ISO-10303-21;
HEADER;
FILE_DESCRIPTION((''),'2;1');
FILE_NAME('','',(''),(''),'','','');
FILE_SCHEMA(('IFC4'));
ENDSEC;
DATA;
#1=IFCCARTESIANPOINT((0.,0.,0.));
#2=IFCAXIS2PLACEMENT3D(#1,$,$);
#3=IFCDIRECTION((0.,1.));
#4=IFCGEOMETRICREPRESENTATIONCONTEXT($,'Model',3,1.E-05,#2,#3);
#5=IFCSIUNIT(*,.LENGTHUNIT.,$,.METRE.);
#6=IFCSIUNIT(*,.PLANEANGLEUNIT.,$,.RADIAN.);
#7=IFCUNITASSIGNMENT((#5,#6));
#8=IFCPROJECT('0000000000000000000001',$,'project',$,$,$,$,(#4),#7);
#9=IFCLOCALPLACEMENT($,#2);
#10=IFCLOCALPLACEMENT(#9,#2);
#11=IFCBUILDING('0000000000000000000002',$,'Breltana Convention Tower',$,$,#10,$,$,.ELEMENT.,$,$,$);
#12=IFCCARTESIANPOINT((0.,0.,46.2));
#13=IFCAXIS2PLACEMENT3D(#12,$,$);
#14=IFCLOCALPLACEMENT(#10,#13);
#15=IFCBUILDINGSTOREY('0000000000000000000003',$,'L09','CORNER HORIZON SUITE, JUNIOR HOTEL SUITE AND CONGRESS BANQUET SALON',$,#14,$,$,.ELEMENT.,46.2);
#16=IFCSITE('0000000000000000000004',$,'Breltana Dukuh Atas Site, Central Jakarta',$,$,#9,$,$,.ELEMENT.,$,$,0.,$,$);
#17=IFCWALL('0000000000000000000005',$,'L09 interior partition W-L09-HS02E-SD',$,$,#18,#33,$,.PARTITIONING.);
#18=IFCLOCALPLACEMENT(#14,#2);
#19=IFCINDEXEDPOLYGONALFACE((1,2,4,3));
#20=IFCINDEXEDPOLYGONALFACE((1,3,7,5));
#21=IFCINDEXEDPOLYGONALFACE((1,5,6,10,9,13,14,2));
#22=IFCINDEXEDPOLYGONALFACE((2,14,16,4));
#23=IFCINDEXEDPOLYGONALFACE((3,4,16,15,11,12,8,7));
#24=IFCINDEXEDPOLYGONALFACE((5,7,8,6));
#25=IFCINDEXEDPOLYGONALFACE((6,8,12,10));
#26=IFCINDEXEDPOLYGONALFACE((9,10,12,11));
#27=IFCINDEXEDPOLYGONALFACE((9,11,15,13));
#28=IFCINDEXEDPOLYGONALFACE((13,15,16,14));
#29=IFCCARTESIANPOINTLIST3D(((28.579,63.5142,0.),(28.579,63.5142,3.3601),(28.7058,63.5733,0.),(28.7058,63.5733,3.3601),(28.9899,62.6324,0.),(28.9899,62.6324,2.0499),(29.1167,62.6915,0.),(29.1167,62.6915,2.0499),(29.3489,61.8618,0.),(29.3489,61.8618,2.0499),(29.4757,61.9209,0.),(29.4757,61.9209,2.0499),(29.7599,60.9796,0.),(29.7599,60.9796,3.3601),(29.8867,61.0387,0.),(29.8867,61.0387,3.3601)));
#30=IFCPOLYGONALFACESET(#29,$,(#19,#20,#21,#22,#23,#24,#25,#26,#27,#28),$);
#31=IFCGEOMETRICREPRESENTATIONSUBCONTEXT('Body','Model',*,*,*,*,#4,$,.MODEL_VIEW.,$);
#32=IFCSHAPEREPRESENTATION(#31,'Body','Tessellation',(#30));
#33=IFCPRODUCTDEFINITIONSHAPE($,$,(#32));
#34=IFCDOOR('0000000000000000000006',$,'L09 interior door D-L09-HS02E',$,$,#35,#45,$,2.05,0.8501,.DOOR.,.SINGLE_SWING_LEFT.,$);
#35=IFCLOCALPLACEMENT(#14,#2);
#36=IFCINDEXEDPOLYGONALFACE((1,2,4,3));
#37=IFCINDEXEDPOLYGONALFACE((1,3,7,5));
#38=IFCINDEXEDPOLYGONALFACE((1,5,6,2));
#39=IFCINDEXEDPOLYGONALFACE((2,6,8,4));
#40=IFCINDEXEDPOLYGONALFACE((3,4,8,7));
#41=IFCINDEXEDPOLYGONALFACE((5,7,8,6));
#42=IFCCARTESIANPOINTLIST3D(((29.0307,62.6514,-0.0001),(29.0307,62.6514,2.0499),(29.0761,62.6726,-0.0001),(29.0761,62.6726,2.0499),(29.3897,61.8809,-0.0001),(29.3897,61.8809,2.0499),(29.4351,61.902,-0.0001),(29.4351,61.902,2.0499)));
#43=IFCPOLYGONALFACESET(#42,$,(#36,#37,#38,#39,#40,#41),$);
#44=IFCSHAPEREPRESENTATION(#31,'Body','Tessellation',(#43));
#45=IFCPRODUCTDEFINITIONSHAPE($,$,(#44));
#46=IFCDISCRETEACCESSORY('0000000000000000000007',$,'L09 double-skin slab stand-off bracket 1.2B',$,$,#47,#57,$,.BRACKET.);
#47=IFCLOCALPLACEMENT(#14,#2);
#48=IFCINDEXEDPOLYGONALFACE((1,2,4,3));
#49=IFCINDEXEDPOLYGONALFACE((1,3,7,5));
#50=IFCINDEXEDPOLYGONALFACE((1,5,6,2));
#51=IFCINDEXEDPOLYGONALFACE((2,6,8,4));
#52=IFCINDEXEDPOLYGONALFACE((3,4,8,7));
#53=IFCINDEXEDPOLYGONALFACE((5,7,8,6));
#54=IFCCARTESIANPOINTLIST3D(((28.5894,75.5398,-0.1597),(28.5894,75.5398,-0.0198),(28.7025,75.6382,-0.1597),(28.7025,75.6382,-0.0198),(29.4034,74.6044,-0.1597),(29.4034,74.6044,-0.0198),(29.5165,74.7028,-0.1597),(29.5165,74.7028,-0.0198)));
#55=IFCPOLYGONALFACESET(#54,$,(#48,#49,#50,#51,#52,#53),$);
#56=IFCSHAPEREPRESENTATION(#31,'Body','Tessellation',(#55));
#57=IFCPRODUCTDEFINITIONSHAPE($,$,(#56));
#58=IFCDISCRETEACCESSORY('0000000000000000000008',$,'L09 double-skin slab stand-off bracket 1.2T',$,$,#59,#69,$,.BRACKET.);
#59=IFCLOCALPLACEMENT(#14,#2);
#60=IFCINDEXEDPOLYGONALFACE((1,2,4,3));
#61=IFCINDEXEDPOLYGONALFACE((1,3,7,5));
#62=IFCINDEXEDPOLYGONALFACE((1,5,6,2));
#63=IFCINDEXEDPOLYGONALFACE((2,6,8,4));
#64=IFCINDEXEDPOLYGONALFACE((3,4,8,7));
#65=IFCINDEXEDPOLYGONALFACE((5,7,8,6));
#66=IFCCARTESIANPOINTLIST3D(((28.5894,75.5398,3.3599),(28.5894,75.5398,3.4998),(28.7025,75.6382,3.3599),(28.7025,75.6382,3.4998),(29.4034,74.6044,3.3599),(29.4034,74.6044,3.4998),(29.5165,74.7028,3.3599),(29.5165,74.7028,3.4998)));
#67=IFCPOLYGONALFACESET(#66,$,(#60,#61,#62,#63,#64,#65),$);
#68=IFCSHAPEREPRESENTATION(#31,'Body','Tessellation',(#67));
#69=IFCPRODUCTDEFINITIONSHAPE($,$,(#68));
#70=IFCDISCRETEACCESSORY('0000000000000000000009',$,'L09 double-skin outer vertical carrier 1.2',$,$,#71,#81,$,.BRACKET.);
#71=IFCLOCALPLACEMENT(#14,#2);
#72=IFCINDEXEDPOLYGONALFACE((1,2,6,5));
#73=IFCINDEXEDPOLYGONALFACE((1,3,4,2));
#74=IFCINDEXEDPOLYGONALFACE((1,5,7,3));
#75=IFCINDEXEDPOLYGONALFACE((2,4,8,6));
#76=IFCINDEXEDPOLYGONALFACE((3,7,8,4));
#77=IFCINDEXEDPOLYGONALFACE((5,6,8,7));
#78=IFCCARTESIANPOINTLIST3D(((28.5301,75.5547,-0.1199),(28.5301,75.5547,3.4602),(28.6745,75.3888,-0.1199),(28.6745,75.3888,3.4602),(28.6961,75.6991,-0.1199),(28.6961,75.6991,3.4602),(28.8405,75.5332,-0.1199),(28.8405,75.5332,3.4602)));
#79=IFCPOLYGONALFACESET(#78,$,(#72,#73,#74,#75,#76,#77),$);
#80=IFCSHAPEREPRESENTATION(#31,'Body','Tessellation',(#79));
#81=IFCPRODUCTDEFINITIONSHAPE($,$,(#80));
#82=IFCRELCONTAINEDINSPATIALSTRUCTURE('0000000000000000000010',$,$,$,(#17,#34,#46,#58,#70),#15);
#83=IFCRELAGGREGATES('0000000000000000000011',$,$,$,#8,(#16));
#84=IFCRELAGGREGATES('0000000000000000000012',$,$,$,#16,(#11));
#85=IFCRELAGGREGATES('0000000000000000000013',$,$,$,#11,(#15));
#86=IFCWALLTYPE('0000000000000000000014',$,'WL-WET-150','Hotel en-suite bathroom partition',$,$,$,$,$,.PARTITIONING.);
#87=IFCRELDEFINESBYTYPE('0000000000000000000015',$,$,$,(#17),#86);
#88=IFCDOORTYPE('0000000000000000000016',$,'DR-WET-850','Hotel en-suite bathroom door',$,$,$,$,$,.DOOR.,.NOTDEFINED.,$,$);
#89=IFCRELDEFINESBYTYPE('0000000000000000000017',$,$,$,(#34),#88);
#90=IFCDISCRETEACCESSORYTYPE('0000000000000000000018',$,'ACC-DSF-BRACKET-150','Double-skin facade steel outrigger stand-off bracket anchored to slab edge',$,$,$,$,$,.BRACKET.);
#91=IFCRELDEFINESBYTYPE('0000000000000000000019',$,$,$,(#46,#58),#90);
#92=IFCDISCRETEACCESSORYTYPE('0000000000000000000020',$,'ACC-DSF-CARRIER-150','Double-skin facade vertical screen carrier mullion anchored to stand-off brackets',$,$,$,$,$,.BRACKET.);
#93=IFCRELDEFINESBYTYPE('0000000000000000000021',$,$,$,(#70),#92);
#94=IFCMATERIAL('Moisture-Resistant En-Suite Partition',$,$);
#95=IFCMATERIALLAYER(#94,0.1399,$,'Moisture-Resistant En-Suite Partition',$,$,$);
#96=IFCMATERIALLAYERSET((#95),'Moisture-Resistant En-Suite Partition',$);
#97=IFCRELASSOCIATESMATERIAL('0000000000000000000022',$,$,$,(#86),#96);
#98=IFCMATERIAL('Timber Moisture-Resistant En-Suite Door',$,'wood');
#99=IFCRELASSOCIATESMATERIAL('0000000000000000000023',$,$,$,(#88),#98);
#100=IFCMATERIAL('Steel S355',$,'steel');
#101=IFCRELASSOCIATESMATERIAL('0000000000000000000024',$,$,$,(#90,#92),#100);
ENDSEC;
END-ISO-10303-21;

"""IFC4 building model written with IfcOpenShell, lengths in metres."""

from ifc_helpers import new_model, si_unit, direction, frame, frame_2d, origin, origin_2d, place, context, subcontext, project, spatial, rectangle, extrude, source, transform, mapped, material, layer, layer_set, type_object, type_shapes, element, fill, save


model = new_model("IFC4")

# Units and contexts
model_context = context("Model", 3, precision=1e-05, world=origin(), true_north=direction((0.0, 1.0)))
body_context = subcontext(model_context, "Body", "Model", "MODEL_VIEW")
ifc_project = project(units=[si_unit("LENGTHUNIT", "METRE"), si_unit("PLANEANGLEUNIT", "RADIAN")], contexts=[model_context])

# Site, building, storey
site_placement = place(None, origin())
site = spatial("IfcSite", under=ifc_project, at=site_placement, Name="Breltana Dukuh Atas Site, Central Jakarta", CompositionType="ELEMENT", RefElevation=0.0)
building_placement = place(site_placement, origin())
building = spatial("IfcBuilding", under=site, at=building_placement, Name="Breltana Convention Tower", CompositionType="ELEMENT")
storey_placement = place(building_placement, frame((0.0, 0.0, 46.2)))
storey = spatial("IfcBuildingStorey", under=building, at=storey_placement, Name="L09", Description="CORNER HORIZON SUITE, JUNIOR HOTEL SUITE AND CONGRESS BANQUET SALON", CompositionType="ELEMENT", Elevation=46.2)

# Shared definitions
ifc_material_1 = material(Name="Moisture-Resistant En-Suite Partition")
ifc_layer_1 = layer(ifc_material_1, 0.1399, Name="Moisture-Resistant En-Suite Partition")
ifc_layer_set_1 = layer_set([ifc_layer_1], Name="Moisture-Resistant En-Suite Partition")
wall_type_1 = type_object("IfcWallType", Name="WL-WET-150", Description="Hotel en-suite bathroom partition", PredefinedType="PARTITIONING", material=ifc_layer_set_1)

# Wall, opening, door
shared_shape_1 = source(origin(), body_context, "Body", "SweptSolid", [
    extrude(rectangle(XDim=2.7961, YDim=0.1399, at=frame_2d((1.3979, 0.0))), origin(), (0.0, 0.0, 1.0), 3.3601),
])
wall_1_placement = place(storey_placement, frame((29.8232, 61.0093, 0.0), z_axis=(0.0, 0.0, 1.0), x_axis=(-0.422317, 0.906448, 0.0)))
wall_1 = element("IfcWall", 1, at=wall_1_placement, inside=storey, type_object=wall_type_1, Name="L09 interior partition W-L09-HS02E-SD", PredefinedType="PARTITIONING", context=body_context, shape_type="MappedRepresentation", body=[
    mapped(shared_shape_1, transform((0.0, 0.0, 0.0), scale=1.0)),
])
opening_1_placement = place(wall_1_placement, frame((0.9731, 0.0, 0.0)))
opening_1 = element("IfcOpeningElement", 2, at=opening_1_placement, cuts=wall_1, PredefinedType="OPENING", context=body_context, shape_type="SweptSolid", body=[
    extrude(rectangle(XDim=0.8501, YDim=2.05, at=frame_2d((0.425, 1.0249))), frame((0.0, 0.0801, 0.0), z_axis=(0.0, -1.0, 0.0), x_axis=(1.0, 0.0, 0.0)), (0.0, 0.0, 1.0), 0.1599),
])
ifc_material_2 = material(Name="Timber Moisture-Resistant En-Suite Door", Category="wood")
door_type_1 = type_object("IfcDoorType", Name="DR-WET-850", Description="Hotel en-suite bathroom door", OperationType="NOTDEFINED", PredefinedType="DOOR", material=ifc_material_2)
shared_shape_2 = source(origin(), body_context, "Body", "SweptSolid", [
    extrude(rectangle(XDim=0.8501, YDim=2.05, at=frame_2d((0.425, 1.0249))), frame((0.0, 0.0249, 0.0), z_axis=(0.0, -1.0, 0.0), x_axis=(1.0, 0.0, 0.0)), (0.0, 0.0, 1.0), 0.05),
])
type_shapes(door_type_1, [shared_shape_2])
door_1_placement = place(opening_1_placement, origin())
door_1 = element("IfcDoor", 3, at=door_1_placement, inside=storey, type_object=door_type_1, Name="L09 interior door D-L09-HS02E", OperationType="SINGLE_SWING_LEFT", OverallHeight=2.05, OverallWidth=0.8501, PredefinedType="DOOR", context=body_context, shape_type="MappedRepresentation", body=[
    mapped(shared_shape_2, transform((0.0, 0.0, 0.0), scale=1.0)),
])
fill(opening_1, door_1)

# Discrete accessories
ifc_material_3 = material(Name="Steel S355", Category="steel")
discrete_accessory_type_1 = type_object("IfcDiscreteAccessoryType", Name="ACC-DSF-BRACKET-150", Description="Double-skin facade steel outrigger stand-off bracket anchored to slab edge", PredefinedType="BRACKET", material=ifc_material_3)
shared_shape_3 = source(origin(), body_context, "Body", "SweptSolid", [
    extrude(rectangle(XDim=1.24, YDim=0.1499, at=origin_2d()), origin(), (0.0, 0.0, 1.0), 0.1399),
])
type_shapes(discrete_accessory_type_1, [shared_shape_3])
for number, where, z_axis, x_axis, name in (
    (4, (29.053, 75.1213, -0.1597), (0.0, 0.0, 1.0), (-0.656457, 0.754364, 0.0), "L09 double-skin slab stand-off bracket 1.2B"),
    (5, (29.053, 75.1213, 3.3599), (0.0, 0.0, 1.0), (-0.656457, 0.754364, 0.0), "L09 double-skin slab stand-off bracket 1.2T"),
):
    element("IfcDiscreteAccessory", number, at=place(storey_placement, frame(where, z_axis=z_axis, x_axis=x_axis)), inside=storey, type_object=discrete_accessory_type_1, Name=name, PredefinedType="BRACKET", context=body_context, shape_type="MappedRepresentation", body=[
        mapped(shared_shape_3, transform((0.0, 0.0, 0.0), scale=1.0)),
    ])
discrete_accessory_type_2 = type_object("IfcDiscreteAccessoryType", Name="ACC-DSF-CARRIER-150", Description="Double-skin facade vertical screen carrier mullion anchored to stand-off brackets", PredefinedType="BRACKET", material=ifc_material_3)
shared_shape_4 = source(origin(), body_context, "Body", "SweptSolid", [
    extrude(rectangle(XDim=0.22, YDim=0.22, at=origin_2d()), origin(), (0.0, 0.0, 1.0), 3.5801),
])
discrete_accessory_placement = place(storey_placement, frame((28.6853, 75.5439, -0.1199), z_axis=(0.0, 0.0, 1.0), x_axis=(-0.656457, 0.754364, 0.0)))
element("IfcDiscreteAccessory", 6, at=discrete_accessory_placement, inside=storey, type_object=discrete_accessory_type_2, Name="L09 double-skin outer vertical carrier 1.2", PredefinedType="BRACKET", context=body_context, shape_type="MappedRepresentation", body=[
    mapped(shared_shape_4, transform((0.0, 0.0, 0.0), scale=1.0)),
])

save(model, "model.ifc")
